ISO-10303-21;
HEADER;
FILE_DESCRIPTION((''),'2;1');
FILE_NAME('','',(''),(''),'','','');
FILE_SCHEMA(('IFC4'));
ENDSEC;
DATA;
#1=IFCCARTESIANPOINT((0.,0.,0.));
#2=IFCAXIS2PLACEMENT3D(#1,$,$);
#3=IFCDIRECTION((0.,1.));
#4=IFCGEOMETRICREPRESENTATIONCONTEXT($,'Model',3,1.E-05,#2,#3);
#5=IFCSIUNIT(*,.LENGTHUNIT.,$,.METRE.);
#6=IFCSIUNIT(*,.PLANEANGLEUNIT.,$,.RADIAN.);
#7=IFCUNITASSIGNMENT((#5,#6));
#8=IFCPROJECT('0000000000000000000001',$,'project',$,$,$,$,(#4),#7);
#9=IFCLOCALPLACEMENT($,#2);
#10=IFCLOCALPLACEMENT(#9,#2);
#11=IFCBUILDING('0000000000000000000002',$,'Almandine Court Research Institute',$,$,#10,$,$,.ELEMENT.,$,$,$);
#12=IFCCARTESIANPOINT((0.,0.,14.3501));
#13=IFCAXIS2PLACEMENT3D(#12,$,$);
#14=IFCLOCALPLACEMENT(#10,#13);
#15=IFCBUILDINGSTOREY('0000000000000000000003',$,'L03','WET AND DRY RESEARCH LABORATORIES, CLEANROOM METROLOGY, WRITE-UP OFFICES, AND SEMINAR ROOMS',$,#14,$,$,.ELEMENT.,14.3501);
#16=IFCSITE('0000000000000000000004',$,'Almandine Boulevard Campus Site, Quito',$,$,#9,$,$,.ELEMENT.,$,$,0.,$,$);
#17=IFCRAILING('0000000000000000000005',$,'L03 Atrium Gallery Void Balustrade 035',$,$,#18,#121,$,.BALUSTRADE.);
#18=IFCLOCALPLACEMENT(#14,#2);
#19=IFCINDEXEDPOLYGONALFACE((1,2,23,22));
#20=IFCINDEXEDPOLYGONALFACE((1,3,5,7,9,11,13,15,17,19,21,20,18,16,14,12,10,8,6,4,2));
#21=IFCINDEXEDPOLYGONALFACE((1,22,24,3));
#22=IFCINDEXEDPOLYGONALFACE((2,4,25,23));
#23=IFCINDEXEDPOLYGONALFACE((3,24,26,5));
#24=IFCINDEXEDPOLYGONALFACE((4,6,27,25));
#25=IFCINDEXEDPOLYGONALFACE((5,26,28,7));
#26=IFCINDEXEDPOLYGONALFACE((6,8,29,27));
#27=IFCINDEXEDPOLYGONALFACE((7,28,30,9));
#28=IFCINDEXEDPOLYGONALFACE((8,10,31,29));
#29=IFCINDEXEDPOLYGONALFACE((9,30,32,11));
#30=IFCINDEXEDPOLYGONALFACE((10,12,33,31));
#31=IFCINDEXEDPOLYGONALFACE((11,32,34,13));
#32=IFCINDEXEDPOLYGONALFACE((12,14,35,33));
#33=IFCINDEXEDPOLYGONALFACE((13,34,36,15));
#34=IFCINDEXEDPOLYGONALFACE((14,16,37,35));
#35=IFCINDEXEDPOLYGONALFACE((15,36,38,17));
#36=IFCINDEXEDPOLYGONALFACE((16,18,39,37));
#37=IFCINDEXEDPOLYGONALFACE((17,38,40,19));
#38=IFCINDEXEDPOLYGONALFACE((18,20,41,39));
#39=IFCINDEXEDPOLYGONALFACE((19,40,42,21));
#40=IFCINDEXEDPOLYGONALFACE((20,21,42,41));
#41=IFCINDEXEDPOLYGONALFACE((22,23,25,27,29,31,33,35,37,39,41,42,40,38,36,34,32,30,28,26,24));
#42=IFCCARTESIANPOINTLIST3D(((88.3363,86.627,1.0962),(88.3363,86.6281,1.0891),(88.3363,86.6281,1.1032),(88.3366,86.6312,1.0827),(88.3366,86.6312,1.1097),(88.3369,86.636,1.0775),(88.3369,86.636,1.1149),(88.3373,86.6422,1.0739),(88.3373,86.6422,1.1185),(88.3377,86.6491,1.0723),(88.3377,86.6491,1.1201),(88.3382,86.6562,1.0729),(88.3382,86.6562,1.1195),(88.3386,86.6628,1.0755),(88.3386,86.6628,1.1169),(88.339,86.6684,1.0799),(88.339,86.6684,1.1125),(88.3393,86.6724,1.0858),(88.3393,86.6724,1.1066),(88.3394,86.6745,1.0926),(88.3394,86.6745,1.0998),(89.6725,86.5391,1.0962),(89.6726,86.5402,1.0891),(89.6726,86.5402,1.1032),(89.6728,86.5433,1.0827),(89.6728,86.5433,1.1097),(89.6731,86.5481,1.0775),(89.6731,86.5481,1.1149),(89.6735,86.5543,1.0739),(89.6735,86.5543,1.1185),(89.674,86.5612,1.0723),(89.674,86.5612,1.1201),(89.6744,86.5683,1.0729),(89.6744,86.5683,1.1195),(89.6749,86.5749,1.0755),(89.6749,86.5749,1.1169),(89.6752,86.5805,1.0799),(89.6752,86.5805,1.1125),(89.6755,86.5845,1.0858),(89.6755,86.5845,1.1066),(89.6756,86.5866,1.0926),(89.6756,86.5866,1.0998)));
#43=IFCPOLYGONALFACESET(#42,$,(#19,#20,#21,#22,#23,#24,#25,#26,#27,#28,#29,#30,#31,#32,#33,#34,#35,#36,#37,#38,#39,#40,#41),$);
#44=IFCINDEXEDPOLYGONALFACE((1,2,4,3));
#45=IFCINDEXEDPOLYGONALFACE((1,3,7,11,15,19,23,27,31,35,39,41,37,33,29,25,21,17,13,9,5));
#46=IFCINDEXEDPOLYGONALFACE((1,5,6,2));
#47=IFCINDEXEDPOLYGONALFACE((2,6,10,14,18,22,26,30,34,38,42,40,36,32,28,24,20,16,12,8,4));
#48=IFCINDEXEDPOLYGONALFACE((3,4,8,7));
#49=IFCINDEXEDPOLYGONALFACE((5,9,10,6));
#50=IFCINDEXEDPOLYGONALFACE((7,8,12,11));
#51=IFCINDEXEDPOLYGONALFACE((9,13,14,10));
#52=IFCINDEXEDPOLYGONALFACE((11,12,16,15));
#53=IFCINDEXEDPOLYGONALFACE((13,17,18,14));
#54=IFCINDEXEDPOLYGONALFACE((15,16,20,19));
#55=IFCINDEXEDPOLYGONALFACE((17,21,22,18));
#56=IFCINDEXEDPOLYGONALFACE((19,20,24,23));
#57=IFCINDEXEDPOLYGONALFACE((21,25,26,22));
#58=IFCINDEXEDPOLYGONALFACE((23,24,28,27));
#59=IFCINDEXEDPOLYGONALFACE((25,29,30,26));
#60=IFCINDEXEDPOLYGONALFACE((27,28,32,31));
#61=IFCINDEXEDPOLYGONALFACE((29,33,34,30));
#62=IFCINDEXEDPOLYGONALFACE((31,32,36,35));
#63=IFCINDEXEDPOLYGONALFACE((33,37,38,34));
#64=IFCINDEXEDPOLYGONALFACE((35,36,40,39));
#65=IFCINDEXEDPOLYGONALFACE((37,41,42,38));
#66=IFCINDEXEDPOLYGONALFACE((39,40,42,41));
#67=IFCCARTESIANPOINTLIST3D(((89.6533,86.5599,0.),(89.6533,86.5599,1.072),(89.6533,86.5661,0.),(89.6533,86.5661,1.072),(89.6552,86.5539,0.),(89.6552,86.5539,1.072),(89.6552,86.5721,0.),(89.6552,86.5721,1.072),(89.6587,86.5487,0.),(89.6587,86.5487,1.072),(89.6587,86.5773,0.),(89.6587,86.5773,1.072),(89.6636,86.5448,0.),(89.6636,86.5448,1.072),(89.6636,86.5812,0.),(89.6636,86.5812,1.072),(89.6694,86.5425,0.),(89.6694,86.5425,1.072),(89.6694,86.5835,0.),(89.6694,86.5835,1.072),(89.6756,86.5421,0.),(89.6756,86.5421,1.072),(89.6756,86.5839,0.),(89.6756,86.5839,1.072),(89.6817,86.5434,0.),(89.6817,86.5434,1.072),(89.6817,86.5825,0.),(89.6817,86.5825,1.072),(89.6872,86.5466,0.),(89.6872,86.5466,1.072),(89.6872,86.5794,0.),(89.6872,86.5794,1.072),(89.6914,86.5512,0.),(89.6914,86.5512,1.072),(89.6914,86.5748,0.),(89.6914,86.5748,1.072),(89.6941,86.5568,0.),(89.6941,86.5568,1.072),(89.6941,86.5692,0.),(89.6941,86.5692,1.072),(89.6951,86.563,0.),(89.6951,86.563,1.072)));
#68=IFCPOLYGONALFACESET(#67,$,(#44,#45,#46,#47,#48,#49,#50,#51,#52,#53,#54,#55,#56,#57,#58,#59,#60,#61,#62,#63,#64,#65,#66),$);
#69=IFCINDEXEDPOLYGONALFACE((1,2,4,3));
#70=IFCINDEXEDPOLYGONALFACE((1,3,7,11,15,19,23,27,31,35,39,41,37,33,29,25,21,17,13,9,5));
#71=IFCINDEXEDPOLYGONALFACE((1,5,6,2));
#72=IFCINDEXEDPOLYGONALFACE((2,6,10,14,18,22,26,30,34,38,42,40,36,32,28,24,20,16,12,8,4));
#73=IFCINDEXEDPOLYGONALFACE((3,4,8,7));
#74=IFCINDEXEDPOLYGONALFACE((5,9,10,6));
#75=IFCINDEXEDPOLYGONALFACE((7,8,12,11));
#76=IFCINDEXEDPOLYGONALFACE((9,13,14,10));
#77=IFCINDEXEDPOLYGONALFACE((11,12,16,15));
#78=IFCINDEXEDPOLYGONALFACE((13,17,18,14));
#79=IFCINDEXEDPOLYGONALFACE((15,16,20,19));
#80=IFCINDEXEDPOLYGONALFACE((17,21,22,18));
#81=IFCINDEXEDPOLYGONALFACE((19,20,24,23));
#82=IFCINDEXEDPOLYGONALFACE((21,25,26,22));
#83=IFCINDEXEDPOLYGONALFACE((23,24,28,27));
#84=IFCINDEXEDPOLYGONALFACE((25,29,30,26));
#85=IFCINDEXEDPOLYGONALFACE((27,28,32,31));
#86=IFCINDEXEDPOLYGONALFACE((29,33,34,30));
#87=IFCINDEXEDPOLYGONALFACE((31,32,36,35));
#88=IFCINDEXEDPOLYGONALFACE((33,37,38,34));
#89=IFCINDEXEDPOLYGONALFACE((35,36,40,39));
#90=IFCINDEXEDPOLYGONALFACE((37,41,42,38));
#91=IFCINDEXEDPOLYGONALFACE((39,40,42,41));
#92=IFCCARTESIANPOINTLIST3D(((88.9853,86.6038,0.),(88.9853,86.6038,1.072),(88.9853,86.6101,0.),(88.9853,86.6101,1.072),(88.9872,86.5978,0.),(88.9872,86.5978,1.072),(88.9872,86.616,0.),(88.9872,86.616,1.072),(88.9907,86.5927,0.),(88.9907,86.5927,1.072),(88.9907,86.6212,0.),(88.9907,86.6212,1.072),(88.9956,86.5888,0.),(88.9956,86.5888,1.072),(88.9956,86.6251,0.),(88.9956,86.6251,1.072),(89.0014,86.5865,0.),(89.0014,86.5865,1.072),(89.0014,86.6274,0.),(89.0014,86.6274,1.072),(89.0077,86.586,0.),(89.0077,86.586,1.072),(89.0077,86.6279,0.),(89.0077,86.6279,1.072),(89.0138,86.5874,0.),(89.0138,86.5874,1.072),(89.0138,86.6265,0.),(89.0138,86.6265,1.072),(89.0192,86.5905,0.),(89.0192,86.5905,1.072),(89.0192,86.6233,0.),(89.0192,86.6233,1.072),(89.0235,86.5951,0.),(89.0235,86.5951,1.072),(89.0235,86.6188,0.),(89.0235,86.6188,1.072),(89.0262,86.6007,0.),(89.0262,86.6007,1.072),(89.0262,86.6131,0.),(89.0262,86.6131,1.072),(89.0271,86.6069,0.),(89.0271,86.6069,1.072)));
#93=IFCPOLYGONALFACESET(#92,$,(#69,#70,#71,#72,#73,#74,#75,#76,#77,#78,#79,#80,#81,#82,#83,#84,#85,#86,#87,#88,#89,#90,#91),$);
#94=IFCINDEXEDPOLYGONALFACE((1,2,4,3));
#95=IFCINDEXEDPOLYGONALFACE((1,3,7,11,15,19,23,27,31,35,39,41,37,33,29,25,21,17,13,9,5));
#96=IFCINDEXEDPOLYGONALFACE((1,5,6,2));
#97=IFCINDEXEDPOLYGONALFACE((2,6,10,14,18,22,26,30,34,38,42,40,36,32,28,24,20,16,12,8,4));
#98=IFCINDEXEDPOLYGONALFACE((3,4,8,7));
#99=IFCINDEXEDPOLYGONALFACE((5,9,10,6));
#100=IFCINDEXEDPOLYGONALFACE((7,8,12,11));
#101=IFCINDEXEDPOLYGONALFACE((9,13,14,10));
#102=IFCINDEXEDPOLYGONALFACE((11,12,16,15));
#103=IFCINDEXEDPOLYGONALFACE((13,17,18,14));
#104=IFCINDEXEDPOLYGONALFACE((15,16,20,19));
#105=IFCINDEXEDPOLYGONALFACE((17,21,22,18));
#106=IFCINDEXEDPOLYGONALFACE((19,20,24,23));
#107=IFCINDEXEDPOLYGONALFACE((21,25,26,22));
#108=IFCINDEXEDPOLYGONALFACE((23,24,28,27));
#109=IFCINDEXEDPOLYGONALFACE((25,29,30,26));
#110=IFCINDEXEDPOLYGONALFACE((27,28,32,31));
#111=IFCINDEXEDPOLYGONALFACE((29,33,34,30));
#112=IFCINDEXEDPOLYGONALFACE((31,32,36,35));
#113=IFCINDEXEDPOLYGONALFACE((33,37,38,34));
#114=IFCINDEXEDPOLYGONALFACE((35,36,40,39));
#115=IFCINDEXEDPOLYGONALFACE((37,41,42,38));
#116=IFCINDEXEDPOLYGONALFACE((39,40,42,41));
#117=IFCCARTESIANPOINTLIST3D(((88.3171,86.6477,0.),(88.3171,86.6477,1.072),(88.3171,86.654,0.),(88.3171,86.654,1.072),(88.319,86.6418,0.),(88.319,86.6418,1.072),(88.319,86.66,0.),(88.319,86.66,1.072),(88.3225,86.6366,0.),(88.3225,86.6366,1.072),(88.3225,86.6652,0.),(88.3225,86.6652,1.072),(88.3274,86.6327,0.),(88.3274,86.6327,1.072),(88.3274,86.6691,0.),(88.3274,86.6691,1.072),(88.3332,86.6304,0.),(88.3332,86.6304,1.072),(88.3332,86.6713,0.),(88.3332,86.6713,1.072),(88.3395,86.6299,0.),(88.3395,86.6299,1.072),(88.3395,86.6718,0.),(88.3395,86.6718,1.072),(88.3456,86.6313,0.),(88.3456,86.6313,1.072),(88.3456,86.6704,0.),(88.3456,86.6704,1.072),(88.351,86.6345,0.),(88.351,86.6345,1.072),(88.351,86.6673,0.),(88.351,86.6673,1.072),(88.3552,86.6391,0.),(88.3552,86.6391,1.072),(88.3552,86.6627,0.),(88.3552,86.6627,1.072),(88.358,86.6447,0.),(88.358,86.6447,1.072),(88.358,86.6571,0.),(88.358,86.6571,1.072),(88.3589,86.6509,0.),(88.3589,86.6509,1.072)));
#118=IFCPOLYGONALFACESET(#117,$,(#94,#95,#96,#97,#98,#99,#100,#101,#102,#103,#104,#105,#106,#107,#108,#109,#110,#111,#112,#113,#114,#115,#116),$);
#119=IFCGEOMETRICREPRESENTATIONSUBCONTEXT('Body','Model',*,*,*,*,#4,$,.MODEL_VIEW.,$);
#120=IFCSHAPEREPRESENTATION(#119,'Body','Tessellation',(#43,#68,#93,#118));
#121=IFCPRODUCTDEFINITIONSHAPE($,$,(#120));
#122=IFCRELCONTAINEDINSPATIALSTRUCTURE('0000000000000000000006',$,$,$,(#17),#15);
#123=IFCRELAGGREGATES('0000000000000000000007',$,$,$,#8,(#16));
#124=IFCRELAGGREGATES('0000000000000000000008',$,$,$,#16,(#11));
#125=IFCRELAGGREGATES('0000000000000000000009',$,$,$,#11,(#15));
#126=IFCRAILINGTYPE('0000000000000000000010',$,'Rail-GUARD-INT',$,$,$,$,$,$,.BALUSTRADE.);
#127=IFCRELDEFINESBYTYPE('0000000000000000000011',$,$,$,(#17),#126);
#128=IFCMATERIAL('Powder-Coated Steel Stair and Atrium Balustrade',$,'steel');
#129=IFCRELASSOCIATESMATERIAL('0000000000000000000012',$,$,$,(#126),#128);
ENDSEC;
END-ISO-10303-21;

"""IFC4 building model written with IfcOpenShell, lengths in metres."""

from ifc_helpers import new_model, si_unit, direction, frame, origin, origin_2d, place, context, subcontext, project, spatial, circle, extrude, material, type_object, element, save


model = new_model("IFC4")

# Units and contexts
model_context = context("Model", 3, precision=1e-05, world=origin(), true_north=direction((0.0, 1.0)))
body_context = subcontext(model_context, "Body", "Model", "MODEL_VIEW")
ifc_project = project(units=[si_unit("LENGTHUNIT", "METRE"), si_unit("PLANEANGLEUNIT", "RADIAN")], contexts=[model_context])

# Site, building, storey
site_placement = place(None, origin())
site = spatial("IfcSite", under=ifc_project, at=site_placement, Name="Almandine Boulevard Campus Site, Quito", CompositionType="ELEMENT", RefElevation=0.0)
building_placement = place(site_placement, origin())
building = spatial("IfcBuilding", under=site, at=building_placement, Name="Almandine Court Research Institute", CompositionType="ELEMENT")
storey_placement = place(building_placement, frame((0.0, 0.0, 14.3501)))
storey = spatial("IfcBuildingStorey", under=building, at=storey_placement, Name="L03", Description="WET AND DRY RESEARCH LABORATORIES, CLEANROOM METROLOGY, WRITE-UP OFFICES, AND SEMINAR ROOMS", CompositionType="ELEMENT", Elevation=14.3501)

# Railing
ifc_material_1 = material(Name="Powder-Coated Steel Stair and Atrium Balustrade", Category="steel")
railing_type = type_object("IfcRailingType", Name="Rail-GUARD-INT", PredefinedType="BALUSTRADE", material=ifc_material_1)
railing_1_placement = place(storey_placement, frame((89.6741, 86.563, 0.0)))
element("IfcRailing", 1, at=railing_1_placement, inside=storey, type_object=railing_type, Name="L03 Atrium Gallery Void Balustrade 035", PredefinedType="BALUSTRADE", context=body_context, shape_type="SweptSolid", body=[
    extrude(circle(Radius=0.0239, at=origin_2d()), frame((0.0, 0.0, 1.0962), z_axis=(-0.997844, 0.065636, 0.0), x_axis=(-0.065636, -0.997844, 0.0)), (0.0, 0.0, 1.0), 1.3391),
    extrude(circle(Radius=0.021, at=origin_2d()), origin(), (0.0, 0.0, 1.0), 1.072),
    extrude(circle(Radius=0.021, at=origin_2d()), frame((-0.668, 0.0439, 0.0)), (0.0, 0.0, 1.0), 1.072),
    extrude(circle(Radius=0.021, at=origin_2d()), frame((-1.3362, 0.0879, 0.0)), (0.0, 0.0, 1.0), 1.072),
])

save(model, "model.ifc")
